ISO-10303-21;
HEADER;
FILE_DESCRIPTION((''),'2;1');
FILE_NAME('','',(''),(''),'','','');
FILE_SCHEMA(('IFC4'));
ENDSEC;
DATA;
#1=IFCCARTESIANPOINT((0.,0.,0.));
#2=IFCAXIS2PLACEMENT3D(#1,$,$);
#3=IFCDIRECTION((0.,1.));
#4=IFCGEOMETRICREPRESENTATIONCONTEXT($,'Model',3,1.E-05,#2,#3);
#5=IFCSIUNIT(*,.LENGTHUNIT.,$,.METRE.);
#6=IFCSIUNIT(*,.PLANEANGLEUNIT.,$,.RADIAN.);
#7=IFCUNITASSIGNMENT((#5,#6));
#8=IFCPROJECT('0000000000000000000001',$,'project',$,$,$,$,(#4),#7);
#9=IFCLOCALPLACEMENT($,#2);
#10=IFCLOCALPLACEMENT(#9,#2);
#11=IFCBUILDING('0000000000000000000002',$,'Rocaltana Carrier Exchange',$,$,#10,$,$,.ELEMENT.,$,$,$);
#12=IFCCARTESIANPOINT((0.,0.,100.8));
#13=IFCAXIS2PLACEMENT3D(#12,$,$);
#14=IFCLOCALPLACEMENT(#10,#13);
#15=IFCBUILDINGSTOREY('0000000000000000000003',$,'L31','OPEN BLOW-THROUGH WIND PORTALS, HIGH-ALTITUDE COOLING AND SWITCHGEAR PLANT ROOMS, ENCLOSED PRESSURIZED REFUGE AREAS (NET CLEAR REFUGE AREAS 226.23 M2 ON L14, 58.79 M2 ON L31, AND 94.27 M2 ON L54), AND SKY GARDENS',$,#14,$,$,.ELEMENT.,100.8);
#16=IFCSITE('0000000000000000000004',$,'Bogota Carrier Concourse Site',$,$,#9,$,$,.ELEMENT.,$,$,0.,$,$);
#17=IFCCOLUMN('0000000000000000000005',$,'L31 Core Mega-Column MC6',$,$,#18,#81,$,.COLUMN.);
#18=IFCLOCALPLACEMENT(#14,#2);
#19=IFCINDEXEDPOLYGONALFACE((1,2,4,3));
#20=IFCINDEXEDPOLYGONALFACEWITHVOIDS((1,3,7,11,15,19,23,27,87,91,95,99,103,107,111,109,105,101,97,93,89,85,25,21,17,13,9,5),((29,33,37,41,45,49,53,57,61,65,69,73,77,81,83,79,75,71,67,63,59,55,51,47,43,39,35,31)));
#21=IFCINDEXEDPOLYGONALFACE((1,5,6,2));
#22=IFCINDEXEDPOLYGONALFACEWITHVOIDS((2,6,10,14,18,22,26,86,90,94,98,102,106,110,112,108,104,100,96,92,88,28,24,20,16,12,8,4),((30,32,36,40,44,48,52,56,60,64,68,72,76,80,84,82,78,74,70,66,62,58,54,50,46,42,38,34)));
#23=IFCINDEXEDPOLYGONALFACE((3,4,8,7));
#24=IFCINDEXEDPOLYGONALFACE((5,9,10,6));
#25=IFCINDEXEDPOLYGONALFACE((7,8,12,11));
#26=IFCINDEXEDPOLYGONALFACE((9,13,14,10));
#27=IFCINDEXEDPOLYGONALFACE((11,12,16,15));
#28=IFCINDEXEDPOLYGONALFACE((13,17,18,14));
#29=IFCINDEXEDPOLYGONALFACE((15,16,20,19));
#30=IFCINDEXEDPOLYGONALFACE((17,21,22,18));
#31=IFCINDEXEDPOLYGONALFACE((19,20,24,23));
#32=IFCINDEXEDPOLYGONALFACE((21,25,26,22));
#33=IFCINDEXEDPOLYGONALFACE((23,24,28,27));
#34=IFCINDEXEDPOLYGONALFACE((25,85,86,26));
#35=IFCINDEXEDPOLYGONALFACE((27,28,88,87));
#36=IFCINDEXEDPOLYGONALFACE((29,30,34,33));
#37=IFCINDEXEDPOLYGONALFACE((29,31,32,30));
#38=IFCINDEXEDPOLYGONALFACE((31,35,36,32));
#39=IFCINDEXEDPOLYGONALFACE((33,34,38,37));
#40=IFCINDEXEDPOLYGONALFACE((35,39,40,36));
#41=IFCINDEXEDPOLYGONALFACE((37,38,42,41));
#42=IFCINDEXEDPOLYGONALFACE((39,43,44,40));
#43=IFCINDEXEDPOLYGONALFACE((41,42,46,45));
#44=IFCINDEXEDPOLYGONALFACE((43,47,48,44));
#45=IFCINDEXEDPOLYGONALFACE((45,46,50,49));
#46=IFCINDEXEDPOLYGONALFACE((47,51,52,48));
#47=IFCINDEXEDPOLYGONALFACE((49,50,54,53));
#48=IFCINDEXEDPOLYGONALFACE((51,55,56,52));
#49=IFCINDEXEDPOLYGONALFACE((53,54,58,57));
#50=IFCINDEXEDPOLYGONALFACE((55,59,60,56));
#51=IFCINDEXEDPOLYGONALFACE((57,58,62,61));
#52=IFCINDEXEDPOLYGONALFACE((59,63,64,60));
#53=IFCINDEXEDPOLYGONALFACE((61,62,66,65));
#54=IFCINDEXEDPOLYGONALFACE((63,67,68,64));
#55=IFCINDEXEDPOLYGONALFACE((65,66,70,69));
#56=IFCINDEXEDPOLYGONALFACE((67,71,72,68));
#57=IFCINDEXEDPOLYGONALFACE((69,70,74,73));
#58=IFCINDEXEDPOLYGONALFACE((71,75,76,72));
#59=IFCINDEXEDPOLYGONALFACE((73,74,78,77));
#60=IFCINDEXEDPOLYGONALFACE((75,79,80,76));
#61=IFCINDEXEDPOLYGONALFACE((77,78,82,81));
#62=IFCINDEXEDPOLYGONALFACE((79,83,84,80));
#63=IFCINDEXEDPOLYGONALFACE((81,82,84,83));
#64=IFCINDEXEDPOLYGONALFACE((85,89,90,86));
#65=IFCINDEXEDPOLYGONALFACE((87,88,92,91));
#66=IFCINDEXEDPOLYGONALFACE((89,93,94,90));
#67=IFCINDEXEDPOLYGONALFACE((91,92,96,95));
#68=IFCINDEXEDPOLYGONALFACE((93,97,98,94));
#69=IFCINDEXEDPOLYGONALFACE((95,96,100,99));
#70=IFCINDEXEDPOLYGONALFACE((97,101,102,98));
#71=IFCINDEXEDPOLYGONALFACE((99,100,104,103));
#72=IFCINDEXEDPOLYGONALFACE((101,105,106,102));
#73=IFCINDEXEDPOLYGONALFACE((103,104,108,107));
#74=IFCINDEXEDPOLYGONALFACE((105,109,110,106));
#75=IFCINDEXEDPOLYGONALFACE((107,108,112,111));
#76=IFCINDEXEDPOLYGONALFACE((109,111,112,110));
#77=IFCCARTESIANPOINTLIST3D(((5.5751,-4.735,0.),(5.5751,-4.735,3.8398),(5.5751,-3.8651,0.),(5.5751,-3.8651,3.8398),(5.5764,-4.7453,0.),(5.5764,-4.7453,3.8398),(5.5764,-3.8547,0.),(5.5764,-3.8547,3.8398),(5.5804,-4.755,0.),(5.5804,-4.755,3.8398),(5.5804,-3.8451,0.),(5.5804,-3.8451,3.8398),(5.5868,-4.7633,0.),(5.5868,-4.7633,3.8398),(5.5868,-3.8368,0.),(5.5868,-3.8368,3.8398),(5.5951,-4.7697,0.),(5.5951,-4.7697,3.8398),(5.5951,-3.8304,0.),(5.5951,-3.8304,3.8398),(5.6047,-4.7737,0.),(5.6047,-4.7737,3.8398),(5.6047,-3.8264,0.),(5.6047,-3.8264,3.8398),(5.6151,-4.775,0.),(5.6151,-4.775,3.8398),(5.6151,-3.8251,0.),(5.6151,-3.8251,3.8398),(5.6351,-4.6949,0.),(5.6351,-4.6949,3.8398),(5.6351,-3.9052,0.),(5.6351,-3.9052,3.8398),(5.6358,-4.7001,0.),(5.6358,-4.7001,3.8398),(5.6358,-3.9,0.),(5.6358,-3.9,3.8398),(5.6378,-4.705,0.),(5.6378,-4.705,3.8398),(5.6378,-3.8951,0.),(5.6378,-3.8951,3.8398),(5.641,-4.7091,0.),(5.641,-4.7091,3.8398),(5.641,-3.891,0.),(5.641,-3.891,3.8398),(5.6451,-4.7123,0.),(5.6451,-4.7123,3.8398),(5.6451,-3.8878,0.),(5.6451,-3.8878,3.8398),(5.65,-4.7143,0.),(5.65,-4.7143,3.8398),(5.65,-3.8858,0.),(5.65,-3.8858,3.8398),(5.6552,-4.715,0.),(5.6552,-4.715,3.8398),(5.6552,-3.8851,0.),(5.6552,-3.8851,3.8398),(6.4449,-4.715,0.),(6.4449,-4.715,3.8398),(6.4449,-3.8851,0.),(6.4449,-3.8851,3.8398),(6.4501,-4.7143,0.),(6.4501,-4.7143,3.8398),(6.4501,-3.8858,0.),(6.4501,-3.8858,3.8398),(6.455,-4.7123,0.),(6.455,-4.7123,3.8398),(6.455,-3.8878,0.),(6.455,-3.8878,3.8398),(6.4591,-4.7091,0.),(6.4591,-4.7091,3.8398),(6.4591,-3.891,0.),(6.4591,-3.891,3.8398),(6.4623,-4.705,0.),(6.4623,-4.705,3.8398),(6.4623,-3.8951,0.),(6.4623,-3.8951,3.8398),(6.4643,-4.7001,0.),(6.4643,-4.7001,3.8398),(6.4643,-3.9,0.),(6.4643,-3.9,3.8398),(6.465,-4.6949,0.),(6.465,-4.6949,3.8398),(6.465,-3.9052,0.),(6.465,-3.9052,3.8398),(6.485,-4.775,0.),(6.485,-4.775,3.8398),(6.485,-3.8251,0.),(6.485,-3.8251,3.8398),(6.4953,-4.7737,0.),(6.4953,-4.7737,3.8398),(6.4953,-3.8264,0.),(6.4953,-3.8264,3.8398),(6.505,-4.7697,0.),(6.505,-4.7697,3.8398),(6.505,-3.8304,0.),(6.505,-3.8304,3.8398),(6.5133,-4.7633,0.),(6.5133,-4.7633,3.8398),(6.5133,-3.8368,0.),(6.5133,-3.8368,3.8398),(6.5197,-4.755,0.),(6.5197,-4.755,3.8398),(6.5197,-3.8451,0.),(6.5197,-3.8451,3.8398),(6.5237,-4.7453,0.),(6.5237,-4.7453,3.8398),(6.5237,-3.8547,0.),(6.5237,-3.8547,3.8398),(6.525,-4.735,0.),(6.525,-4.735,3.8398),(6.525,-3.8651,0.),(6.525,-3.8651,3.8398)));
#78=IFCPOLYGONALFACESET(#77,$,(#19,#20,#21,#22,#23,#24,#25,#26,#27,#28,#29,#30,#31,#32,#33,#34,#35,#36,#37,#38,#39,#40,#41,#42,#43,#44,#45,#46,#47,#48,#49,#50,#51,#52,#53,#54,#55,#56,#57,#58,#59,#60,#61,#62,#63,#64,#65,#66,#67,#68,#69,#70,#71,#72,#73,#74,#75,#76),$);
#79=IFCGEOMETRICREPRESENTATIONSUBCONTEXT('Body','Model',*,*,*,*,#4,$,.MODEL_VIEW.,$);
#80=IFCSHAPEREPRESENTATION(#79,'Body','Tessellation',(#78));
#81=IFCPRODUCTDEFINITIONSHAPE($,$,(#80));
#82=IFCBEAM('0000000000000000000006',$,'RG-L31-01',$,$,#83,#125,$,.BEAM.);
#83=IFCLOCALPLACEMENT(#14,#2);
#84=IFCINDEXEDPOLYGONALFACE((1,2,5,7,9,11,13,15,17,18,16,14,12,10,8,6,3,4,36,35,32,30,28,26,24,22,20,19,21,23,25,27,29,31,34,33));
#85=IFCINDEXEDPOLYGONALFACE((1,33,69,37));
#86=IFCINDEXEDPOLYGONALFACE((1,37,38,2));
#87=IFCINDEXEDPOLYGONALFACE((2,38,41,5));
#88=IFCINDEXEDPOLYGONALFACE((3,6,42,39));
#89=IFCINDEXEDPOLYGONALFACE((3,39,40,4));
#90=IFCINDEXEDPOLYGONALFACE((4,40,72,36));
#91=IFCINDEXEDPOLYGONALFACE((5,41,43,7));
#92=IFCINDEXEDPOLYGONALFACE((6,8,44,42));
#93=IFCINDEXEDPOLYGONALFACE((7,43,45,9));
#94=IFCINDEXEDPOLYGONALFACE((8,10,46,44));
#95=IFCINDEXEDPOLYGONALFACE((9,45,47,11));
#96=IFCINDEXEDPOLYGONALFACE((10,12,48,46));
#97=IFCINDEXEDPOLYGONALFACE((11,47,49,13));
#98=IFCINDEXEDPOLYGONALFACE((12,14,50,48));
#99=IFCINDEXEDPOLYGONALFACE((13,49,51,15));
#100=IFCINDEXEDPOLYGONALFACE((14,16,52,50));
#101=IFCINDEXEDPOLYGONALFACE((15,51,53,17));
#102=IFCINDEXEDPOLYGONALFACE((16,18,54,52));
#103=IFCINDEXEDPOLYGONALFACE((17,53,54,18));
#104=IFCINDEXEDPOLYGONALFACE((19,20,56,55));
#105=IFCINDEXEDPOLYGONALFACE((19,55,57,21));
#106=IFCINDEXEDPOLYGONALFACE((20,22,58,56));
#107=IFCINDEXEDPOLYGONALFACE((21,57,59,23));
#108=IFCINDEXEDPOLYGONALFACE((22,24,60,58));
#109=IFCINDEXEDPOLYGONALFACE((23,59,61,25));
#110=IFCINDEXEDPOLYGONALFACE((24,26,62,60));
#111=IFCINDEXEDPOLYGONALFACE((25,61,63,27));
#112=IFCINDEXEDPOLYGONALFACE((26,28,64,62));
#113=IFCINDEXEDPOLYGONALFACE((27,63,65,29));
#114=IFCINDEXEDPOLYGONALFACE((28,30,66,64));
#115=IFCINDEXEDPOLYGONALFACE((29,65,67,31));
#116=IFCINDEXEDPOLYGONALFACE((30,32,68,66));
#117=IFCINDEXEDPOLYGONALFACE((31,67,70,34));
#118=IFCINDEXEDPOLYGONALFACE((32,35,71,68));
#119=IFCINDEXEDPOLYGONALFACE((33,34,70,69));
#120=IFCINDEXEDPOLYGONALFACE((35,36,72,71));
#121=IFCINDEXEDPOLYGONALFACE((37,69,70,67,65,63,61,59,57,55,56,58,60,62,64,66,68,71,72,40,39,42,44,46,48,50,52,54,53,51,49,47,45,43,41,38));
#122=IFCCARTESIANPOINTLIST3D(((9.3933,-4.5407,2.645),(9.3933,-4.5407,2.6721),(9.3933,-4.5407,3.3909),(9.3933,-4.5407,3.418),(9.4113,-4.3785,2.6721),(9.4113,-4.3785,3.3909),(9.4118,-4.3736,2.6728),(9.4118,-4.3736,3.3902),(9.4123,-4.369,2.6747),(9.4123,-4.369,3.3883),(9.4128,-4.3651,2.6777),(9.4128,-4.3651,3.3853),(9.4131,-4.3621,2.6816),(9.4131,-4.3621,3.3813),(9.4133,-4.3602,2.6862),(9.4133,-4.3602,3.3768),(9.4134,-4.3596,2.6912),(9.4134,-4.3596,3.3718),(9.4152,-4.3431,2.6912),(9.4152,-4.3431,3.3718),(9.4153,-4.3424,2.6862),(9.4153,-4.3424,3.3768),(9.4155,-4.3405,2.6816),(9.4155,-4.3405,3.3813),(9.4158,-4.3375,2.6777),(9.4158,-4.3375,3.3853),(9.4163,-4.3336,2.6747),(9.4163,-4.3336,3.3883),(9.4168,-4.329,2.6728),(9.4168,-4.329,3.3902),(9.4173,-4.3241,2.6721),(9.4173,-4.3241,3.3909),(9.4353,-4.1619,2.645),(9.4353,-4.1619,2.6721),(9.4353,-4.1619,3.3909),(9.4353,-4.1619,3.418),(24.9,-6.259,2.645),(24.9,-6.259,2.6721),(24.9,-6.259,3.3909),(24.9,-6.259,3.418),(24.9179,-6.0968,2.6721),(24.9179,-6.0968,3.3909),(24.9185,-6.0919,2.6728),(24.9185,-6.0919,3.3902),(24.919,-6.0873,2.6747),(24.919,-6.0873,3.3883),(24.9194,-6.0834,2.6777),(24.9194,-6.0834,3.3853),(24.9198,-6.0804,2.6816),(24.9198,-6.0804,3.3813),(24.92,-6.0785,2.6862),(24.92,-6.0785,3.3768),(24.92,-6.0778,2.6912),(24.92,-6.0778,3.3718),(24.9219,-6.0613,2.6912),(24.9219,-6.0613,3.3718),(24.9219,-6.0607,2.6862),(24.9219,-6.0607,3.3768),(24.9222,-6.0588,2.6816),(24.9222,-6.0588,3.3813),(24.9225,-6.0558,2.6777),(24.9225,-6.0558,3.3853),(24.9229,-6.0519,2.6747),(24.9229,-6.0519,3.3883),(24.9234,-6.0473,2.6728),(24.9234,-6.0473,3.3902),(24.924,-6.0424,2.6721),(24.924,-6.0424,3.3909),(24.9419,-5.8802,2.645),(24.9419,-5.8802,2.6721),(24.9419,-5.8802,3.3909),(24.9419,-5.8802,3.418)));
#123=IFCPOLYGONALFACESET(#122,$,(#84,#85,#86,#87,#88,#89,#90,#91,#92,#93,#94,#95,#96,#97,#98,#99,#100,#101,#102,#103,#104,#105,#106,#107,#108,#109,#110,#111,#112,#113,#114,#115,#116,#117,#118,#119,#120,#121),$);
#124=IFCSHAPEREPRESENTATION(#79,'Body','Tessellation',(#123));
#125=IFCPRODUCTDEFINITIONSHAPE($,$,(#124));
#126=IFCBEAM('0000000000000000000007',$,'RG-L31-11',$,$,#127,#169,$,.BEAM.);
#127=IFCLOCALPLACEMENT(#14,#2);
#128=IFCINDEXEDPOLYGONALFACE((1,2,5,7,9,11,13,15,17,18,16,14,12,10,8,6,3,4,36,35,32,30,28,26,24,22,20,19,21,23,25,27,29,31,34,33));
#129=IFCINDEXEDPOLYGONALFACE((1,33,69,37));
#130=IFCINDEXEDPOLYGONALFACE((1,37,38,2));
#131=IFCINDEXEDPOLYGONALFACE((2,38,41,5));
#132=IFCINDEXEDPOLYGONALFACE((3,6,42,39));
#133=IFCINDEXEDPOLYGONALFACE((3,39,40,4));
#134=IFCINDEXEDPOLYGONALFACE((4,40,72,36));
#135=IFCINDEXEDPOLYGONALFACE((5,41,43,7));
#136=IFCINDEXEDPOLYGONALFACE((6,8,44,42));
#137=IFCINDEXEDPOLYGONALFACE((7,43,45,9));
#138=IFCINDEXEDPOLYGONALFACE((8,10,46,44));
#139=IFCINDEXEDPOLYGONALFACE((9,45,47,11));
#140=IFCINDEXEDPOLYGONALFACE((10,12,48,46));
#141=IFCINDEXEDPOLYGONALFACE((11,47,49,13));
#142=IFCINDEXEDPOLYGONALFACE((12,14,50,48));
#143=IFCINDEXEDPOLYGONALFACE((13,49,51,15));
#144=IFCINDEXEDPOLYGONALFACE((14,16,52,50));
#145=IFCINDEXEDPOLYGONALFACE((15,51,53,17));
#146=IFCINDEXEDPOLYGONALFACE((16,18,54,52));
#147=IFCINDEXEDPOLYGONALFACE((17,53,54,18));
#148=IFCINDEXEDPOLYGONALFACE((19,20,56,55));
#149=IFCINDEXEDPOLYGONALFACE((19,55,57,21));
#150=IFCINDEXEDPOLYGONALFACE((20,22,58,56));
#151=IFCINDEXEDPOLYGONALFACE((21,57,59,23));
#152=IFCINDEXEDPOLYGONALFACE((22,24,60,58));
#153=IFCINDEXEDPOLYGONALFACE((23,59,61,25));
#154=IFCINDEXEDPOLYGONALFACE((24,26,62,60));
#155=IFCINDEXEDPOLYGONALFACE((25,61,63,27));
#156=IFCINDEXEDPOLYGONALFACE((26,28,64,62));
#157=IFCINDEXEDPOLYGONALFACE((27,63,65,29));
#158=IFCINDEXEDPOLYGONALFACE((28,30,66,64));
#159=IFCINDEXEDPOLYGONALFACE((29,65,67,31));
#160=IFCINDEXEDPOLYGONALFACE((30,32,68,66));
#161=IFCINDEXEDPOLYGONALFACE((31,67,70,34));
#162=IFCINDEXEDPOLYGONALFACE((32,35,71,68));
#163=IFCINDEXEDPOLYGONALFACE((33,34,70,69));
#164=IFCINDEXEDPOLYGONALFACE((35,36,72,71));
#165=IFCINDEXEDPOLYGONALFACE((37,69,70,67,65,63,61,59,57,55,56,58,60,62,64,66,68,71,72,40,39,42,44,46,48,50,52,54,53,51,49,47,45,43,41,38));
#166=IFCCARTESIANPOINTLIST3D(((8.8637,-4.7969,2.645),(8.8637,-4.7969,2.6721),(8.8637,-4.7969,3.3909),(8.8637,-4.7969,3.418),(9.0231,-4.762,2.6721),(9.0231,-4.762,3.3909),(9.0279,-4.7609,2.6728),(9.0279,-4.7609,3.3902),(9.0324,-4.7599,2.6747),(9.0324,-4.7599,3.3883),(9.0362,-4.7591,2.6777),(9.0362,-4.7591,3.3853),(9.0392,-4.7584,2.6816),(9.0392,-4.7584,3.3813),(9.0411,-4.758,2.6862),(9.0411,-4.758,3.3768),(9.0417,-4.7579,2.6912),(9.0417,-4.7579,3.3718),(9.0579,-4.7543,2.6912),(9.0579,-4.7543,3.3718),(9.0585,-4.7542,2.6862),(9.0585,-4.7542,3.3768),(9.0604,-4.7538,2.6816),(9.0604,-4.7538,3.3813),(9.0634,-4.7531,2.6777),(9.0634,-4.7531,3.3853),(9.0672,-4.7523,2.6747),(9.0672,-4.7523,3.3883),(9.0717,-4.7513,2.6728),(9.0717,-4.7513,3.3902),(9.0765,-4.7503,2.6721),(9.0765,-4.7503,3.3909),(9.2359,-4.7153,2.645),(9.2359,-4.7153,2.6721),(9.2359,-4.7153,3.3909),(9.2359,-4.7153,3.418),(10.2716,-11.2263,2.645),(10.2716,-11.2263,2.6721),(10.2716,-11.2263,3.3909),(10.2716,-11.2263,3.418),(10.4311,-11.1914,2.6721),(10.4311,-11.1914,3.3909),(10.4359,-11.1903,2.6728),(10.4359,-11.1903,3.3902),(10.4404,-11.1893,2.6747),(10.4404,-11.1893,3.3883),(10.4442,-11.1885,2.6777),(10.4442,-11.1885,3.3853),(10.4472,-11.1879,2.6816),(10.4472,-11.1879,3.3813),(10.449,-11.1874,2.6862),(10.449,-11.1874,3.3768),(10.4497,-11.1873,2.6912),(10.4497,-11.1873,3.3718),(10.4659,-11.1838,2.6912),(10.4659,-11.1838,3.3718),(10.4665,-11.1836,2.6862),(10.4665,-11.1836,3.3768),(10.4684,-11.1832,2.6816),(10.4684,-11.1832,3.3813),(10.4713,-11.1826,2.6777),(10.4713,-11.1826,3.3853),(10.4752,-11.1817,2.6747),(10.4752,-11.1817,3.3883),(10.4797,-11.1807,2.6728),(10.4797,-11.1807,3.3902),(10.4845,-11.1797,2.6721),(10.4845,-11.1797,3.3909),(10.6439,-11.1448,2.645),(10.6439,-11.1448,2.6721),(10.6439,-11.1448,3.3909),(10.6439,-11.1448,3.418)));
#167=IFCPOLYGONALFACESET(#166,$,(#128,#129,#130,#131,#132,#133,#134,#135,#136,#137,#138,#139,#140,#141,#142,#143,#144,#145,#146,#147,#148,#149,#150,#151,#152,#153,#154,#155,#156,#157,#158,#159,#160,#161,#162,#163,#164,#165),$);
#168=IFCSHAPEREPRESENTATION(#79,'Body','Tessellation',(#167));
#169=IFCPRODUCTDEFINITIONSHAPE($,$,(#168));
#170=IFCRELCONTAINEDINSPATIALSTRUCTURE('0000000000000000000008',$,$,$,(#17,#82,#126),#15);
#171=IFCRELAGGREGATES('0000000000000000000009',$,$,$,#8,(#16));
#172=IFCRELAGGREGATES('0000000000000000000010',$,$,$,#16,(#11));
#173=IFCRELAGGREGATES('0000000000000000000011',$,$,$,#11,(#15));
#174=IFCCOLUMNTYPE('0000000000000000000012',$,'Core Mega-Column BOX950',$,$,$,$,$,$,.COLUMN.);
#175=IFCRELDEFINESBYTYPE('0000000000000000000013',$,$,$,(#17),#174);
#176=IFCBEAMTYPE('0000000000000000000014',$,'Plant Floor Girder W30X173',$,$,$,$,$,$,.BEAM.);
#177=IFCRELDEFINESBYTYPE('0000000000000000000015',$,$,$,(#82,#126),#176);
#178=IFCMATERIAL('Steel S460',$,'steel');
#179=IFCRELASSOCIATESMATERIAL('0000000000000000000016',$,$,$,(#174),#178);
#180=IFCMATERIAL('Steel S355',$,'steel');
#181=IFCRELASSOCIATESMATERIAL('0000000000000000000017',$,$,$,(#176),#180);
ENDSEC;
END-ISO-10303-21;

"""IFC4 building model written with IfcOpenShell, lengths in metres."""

from ifc_helpers import new_model, si_unit, direction, frame, origin, origin_2d, place, context, subcontext, project, spatial, hollow_rectangle, i_section, extrude, material, material_profile, profile_set, type_object, element, save


model = new_model("IFC4")

# Units and contexts
model_context = context("Model", 3, precision=1e-05, world=origin(), true_north=direction((0.0, 1.0)))
body_context = subcontext(model_context, "Body", "Model", "MODEL_VIEW")
ifc_project = project(units=[si_unit("LENGTHUNIT", "METRE"), si_unit("PLANEANGLEUNIT", "RADIAN")], contexts=[model_context])

# Site, building, storey
site_placement = place(None, origin())
site = spatial("IfcSite", under=ifc_project, at=site_placement, Name="Bogota Carrier Concourse Site", CompositionType="ELEMENT", RefElevation=0.0)
building_placement = place(site_placement, origin())
building = spatial("IfcBuilding", under=site, at=building_placement, Name="Rocaltana Carrier Exchange", CompositionType="ELEMENT")
storey_placement = place(building_placement, frame((0.0, 0.0, 100.8)))
storey = spatial("IfcBuildingStorey", under=building, at=storey_placement, Name="L31", Description="OPEN BLOW-THROUGH WIND PORTALS, HIGH-ALTITUDE COOLING AND SWITCHGEAR PLANT ROOMS, ENCLOSED PRESSURIZED REFUGE AREAS (NET CLEAR REFUGE AREAS 226.23 M2 ON L14, 58.79 M2 ON L31, AND 94.27 M2 ON L54), AND SKY GARDENS", CompositionType="ELEMENT", Elevation=100.8)

# Column
ifc_material_1 = material(Name="Steel S460", Category="steel")
ifc_material_profile_1 = material_profile(ifc_material_1, hollow_rectangle(XDim=0.95, YDim=0.95, WallThickness=0.0601, InnerFilletRadius=0.02, OuterFilletRadius=0.04, at=origin_2d()), Name="BOX950X950X60")
ifc_profile_set_1 = profile_set([ifc_material_profile_1], Name="Steel S460")
column_type = type_object("IfcColumnType", Name="Core Mega-Column BOX950", PredefinedType="COLUMN", material=ifc_profile_set_1)
column_placement = place(storey_placement, frame((6.05, -4.3, 0.0), z_axis=(0.0, 0.0, 1.0), x_axis=(1.0, 0.0, 0.0)))
element("IfcColumn", 1, at=column_placement, inside=storey, type_object=column_type, Name="L31 Core Mega-Column MC6", PredefinedType="COLUMN", context=body_context, shape_type="SweptSolid", body=[
    extrude(hollow_rectangle(XDim=0.95, YDim=0.95, WallThickness=0.0601, InnerFilletRadius=0.02, OuterFilletRadius=0.04, at=origin_2d()), origin(), (0.0, 0.0, 1.0), 3.8398),
])

# Beams
ifc_material_2 = material(Name="Steel S355", Category="steel")
ifc_material_profile_2 = material_profile(ifc_material_2, i_section(OverallWidth=0.3811, OverallDepth=0.7729, WebThickness=0.0166, FlangeThickness=0.0271, FilletRadius=0.019, at=origin_2d()), Name="W30X173")
ifc_profile_set_2 = profile_set([ifc_material_profile_2], Name="Steel S355")
beam_type_1 = type_object("IfcBeamType", Name="Plant Floor Girder W30X173", PredefinedType="BEAM", material=ifc_profile_set_2)
beam_1_placement = place(storey_placement, frame((9.4143, -4.3513, 3.0315), z_axis=(0.993917, -0.110134, 0.0), x_axis=(0.110134, 0.993917, 0.0)))
element("IfcBeam", 2, at=beam_1_placement, inside=storey, type_object=beam_type_1, Name="RG-L31-01", PredefinedType="BEAM", context=body_context, shape_type="SweptSolid", body=[
    extrude(i_section(OverallWidth=0.3811, OverallDepth=0.7729, WebThickness=0.0166, FlangeThickness=0.0271, FilletRadius=0.019, at=origin_2d()), origin(), (0.0, 0.0, 1.0), 15.6016),
])
beam_2_placement = place(storey_placement, frame((9.0498, -4.7561, 3.0315), z_axis=(0.213917, -0.976852, 0.0), x_axis=(0.976852, 0.213917, 0.0)))
element("IfcBeam", 3, at=beam_2_placement, inside=storey, type_object=beam_type_1, Name="RG-L31-11", PredefinedType="BEAM", context=body_context, shape_type="SweptSolid", body=[
    extrude(i_section(OverallWidth=0.3811, OverallDepth=0.7729, WebThickness=0.0166, FlangeThickness=0.0271, FilletRadius=0.019, at=origin_2d()), origin(), (0.0, 0.0, 1.0), 6.5818),
])

save(model, "model.ifc")
